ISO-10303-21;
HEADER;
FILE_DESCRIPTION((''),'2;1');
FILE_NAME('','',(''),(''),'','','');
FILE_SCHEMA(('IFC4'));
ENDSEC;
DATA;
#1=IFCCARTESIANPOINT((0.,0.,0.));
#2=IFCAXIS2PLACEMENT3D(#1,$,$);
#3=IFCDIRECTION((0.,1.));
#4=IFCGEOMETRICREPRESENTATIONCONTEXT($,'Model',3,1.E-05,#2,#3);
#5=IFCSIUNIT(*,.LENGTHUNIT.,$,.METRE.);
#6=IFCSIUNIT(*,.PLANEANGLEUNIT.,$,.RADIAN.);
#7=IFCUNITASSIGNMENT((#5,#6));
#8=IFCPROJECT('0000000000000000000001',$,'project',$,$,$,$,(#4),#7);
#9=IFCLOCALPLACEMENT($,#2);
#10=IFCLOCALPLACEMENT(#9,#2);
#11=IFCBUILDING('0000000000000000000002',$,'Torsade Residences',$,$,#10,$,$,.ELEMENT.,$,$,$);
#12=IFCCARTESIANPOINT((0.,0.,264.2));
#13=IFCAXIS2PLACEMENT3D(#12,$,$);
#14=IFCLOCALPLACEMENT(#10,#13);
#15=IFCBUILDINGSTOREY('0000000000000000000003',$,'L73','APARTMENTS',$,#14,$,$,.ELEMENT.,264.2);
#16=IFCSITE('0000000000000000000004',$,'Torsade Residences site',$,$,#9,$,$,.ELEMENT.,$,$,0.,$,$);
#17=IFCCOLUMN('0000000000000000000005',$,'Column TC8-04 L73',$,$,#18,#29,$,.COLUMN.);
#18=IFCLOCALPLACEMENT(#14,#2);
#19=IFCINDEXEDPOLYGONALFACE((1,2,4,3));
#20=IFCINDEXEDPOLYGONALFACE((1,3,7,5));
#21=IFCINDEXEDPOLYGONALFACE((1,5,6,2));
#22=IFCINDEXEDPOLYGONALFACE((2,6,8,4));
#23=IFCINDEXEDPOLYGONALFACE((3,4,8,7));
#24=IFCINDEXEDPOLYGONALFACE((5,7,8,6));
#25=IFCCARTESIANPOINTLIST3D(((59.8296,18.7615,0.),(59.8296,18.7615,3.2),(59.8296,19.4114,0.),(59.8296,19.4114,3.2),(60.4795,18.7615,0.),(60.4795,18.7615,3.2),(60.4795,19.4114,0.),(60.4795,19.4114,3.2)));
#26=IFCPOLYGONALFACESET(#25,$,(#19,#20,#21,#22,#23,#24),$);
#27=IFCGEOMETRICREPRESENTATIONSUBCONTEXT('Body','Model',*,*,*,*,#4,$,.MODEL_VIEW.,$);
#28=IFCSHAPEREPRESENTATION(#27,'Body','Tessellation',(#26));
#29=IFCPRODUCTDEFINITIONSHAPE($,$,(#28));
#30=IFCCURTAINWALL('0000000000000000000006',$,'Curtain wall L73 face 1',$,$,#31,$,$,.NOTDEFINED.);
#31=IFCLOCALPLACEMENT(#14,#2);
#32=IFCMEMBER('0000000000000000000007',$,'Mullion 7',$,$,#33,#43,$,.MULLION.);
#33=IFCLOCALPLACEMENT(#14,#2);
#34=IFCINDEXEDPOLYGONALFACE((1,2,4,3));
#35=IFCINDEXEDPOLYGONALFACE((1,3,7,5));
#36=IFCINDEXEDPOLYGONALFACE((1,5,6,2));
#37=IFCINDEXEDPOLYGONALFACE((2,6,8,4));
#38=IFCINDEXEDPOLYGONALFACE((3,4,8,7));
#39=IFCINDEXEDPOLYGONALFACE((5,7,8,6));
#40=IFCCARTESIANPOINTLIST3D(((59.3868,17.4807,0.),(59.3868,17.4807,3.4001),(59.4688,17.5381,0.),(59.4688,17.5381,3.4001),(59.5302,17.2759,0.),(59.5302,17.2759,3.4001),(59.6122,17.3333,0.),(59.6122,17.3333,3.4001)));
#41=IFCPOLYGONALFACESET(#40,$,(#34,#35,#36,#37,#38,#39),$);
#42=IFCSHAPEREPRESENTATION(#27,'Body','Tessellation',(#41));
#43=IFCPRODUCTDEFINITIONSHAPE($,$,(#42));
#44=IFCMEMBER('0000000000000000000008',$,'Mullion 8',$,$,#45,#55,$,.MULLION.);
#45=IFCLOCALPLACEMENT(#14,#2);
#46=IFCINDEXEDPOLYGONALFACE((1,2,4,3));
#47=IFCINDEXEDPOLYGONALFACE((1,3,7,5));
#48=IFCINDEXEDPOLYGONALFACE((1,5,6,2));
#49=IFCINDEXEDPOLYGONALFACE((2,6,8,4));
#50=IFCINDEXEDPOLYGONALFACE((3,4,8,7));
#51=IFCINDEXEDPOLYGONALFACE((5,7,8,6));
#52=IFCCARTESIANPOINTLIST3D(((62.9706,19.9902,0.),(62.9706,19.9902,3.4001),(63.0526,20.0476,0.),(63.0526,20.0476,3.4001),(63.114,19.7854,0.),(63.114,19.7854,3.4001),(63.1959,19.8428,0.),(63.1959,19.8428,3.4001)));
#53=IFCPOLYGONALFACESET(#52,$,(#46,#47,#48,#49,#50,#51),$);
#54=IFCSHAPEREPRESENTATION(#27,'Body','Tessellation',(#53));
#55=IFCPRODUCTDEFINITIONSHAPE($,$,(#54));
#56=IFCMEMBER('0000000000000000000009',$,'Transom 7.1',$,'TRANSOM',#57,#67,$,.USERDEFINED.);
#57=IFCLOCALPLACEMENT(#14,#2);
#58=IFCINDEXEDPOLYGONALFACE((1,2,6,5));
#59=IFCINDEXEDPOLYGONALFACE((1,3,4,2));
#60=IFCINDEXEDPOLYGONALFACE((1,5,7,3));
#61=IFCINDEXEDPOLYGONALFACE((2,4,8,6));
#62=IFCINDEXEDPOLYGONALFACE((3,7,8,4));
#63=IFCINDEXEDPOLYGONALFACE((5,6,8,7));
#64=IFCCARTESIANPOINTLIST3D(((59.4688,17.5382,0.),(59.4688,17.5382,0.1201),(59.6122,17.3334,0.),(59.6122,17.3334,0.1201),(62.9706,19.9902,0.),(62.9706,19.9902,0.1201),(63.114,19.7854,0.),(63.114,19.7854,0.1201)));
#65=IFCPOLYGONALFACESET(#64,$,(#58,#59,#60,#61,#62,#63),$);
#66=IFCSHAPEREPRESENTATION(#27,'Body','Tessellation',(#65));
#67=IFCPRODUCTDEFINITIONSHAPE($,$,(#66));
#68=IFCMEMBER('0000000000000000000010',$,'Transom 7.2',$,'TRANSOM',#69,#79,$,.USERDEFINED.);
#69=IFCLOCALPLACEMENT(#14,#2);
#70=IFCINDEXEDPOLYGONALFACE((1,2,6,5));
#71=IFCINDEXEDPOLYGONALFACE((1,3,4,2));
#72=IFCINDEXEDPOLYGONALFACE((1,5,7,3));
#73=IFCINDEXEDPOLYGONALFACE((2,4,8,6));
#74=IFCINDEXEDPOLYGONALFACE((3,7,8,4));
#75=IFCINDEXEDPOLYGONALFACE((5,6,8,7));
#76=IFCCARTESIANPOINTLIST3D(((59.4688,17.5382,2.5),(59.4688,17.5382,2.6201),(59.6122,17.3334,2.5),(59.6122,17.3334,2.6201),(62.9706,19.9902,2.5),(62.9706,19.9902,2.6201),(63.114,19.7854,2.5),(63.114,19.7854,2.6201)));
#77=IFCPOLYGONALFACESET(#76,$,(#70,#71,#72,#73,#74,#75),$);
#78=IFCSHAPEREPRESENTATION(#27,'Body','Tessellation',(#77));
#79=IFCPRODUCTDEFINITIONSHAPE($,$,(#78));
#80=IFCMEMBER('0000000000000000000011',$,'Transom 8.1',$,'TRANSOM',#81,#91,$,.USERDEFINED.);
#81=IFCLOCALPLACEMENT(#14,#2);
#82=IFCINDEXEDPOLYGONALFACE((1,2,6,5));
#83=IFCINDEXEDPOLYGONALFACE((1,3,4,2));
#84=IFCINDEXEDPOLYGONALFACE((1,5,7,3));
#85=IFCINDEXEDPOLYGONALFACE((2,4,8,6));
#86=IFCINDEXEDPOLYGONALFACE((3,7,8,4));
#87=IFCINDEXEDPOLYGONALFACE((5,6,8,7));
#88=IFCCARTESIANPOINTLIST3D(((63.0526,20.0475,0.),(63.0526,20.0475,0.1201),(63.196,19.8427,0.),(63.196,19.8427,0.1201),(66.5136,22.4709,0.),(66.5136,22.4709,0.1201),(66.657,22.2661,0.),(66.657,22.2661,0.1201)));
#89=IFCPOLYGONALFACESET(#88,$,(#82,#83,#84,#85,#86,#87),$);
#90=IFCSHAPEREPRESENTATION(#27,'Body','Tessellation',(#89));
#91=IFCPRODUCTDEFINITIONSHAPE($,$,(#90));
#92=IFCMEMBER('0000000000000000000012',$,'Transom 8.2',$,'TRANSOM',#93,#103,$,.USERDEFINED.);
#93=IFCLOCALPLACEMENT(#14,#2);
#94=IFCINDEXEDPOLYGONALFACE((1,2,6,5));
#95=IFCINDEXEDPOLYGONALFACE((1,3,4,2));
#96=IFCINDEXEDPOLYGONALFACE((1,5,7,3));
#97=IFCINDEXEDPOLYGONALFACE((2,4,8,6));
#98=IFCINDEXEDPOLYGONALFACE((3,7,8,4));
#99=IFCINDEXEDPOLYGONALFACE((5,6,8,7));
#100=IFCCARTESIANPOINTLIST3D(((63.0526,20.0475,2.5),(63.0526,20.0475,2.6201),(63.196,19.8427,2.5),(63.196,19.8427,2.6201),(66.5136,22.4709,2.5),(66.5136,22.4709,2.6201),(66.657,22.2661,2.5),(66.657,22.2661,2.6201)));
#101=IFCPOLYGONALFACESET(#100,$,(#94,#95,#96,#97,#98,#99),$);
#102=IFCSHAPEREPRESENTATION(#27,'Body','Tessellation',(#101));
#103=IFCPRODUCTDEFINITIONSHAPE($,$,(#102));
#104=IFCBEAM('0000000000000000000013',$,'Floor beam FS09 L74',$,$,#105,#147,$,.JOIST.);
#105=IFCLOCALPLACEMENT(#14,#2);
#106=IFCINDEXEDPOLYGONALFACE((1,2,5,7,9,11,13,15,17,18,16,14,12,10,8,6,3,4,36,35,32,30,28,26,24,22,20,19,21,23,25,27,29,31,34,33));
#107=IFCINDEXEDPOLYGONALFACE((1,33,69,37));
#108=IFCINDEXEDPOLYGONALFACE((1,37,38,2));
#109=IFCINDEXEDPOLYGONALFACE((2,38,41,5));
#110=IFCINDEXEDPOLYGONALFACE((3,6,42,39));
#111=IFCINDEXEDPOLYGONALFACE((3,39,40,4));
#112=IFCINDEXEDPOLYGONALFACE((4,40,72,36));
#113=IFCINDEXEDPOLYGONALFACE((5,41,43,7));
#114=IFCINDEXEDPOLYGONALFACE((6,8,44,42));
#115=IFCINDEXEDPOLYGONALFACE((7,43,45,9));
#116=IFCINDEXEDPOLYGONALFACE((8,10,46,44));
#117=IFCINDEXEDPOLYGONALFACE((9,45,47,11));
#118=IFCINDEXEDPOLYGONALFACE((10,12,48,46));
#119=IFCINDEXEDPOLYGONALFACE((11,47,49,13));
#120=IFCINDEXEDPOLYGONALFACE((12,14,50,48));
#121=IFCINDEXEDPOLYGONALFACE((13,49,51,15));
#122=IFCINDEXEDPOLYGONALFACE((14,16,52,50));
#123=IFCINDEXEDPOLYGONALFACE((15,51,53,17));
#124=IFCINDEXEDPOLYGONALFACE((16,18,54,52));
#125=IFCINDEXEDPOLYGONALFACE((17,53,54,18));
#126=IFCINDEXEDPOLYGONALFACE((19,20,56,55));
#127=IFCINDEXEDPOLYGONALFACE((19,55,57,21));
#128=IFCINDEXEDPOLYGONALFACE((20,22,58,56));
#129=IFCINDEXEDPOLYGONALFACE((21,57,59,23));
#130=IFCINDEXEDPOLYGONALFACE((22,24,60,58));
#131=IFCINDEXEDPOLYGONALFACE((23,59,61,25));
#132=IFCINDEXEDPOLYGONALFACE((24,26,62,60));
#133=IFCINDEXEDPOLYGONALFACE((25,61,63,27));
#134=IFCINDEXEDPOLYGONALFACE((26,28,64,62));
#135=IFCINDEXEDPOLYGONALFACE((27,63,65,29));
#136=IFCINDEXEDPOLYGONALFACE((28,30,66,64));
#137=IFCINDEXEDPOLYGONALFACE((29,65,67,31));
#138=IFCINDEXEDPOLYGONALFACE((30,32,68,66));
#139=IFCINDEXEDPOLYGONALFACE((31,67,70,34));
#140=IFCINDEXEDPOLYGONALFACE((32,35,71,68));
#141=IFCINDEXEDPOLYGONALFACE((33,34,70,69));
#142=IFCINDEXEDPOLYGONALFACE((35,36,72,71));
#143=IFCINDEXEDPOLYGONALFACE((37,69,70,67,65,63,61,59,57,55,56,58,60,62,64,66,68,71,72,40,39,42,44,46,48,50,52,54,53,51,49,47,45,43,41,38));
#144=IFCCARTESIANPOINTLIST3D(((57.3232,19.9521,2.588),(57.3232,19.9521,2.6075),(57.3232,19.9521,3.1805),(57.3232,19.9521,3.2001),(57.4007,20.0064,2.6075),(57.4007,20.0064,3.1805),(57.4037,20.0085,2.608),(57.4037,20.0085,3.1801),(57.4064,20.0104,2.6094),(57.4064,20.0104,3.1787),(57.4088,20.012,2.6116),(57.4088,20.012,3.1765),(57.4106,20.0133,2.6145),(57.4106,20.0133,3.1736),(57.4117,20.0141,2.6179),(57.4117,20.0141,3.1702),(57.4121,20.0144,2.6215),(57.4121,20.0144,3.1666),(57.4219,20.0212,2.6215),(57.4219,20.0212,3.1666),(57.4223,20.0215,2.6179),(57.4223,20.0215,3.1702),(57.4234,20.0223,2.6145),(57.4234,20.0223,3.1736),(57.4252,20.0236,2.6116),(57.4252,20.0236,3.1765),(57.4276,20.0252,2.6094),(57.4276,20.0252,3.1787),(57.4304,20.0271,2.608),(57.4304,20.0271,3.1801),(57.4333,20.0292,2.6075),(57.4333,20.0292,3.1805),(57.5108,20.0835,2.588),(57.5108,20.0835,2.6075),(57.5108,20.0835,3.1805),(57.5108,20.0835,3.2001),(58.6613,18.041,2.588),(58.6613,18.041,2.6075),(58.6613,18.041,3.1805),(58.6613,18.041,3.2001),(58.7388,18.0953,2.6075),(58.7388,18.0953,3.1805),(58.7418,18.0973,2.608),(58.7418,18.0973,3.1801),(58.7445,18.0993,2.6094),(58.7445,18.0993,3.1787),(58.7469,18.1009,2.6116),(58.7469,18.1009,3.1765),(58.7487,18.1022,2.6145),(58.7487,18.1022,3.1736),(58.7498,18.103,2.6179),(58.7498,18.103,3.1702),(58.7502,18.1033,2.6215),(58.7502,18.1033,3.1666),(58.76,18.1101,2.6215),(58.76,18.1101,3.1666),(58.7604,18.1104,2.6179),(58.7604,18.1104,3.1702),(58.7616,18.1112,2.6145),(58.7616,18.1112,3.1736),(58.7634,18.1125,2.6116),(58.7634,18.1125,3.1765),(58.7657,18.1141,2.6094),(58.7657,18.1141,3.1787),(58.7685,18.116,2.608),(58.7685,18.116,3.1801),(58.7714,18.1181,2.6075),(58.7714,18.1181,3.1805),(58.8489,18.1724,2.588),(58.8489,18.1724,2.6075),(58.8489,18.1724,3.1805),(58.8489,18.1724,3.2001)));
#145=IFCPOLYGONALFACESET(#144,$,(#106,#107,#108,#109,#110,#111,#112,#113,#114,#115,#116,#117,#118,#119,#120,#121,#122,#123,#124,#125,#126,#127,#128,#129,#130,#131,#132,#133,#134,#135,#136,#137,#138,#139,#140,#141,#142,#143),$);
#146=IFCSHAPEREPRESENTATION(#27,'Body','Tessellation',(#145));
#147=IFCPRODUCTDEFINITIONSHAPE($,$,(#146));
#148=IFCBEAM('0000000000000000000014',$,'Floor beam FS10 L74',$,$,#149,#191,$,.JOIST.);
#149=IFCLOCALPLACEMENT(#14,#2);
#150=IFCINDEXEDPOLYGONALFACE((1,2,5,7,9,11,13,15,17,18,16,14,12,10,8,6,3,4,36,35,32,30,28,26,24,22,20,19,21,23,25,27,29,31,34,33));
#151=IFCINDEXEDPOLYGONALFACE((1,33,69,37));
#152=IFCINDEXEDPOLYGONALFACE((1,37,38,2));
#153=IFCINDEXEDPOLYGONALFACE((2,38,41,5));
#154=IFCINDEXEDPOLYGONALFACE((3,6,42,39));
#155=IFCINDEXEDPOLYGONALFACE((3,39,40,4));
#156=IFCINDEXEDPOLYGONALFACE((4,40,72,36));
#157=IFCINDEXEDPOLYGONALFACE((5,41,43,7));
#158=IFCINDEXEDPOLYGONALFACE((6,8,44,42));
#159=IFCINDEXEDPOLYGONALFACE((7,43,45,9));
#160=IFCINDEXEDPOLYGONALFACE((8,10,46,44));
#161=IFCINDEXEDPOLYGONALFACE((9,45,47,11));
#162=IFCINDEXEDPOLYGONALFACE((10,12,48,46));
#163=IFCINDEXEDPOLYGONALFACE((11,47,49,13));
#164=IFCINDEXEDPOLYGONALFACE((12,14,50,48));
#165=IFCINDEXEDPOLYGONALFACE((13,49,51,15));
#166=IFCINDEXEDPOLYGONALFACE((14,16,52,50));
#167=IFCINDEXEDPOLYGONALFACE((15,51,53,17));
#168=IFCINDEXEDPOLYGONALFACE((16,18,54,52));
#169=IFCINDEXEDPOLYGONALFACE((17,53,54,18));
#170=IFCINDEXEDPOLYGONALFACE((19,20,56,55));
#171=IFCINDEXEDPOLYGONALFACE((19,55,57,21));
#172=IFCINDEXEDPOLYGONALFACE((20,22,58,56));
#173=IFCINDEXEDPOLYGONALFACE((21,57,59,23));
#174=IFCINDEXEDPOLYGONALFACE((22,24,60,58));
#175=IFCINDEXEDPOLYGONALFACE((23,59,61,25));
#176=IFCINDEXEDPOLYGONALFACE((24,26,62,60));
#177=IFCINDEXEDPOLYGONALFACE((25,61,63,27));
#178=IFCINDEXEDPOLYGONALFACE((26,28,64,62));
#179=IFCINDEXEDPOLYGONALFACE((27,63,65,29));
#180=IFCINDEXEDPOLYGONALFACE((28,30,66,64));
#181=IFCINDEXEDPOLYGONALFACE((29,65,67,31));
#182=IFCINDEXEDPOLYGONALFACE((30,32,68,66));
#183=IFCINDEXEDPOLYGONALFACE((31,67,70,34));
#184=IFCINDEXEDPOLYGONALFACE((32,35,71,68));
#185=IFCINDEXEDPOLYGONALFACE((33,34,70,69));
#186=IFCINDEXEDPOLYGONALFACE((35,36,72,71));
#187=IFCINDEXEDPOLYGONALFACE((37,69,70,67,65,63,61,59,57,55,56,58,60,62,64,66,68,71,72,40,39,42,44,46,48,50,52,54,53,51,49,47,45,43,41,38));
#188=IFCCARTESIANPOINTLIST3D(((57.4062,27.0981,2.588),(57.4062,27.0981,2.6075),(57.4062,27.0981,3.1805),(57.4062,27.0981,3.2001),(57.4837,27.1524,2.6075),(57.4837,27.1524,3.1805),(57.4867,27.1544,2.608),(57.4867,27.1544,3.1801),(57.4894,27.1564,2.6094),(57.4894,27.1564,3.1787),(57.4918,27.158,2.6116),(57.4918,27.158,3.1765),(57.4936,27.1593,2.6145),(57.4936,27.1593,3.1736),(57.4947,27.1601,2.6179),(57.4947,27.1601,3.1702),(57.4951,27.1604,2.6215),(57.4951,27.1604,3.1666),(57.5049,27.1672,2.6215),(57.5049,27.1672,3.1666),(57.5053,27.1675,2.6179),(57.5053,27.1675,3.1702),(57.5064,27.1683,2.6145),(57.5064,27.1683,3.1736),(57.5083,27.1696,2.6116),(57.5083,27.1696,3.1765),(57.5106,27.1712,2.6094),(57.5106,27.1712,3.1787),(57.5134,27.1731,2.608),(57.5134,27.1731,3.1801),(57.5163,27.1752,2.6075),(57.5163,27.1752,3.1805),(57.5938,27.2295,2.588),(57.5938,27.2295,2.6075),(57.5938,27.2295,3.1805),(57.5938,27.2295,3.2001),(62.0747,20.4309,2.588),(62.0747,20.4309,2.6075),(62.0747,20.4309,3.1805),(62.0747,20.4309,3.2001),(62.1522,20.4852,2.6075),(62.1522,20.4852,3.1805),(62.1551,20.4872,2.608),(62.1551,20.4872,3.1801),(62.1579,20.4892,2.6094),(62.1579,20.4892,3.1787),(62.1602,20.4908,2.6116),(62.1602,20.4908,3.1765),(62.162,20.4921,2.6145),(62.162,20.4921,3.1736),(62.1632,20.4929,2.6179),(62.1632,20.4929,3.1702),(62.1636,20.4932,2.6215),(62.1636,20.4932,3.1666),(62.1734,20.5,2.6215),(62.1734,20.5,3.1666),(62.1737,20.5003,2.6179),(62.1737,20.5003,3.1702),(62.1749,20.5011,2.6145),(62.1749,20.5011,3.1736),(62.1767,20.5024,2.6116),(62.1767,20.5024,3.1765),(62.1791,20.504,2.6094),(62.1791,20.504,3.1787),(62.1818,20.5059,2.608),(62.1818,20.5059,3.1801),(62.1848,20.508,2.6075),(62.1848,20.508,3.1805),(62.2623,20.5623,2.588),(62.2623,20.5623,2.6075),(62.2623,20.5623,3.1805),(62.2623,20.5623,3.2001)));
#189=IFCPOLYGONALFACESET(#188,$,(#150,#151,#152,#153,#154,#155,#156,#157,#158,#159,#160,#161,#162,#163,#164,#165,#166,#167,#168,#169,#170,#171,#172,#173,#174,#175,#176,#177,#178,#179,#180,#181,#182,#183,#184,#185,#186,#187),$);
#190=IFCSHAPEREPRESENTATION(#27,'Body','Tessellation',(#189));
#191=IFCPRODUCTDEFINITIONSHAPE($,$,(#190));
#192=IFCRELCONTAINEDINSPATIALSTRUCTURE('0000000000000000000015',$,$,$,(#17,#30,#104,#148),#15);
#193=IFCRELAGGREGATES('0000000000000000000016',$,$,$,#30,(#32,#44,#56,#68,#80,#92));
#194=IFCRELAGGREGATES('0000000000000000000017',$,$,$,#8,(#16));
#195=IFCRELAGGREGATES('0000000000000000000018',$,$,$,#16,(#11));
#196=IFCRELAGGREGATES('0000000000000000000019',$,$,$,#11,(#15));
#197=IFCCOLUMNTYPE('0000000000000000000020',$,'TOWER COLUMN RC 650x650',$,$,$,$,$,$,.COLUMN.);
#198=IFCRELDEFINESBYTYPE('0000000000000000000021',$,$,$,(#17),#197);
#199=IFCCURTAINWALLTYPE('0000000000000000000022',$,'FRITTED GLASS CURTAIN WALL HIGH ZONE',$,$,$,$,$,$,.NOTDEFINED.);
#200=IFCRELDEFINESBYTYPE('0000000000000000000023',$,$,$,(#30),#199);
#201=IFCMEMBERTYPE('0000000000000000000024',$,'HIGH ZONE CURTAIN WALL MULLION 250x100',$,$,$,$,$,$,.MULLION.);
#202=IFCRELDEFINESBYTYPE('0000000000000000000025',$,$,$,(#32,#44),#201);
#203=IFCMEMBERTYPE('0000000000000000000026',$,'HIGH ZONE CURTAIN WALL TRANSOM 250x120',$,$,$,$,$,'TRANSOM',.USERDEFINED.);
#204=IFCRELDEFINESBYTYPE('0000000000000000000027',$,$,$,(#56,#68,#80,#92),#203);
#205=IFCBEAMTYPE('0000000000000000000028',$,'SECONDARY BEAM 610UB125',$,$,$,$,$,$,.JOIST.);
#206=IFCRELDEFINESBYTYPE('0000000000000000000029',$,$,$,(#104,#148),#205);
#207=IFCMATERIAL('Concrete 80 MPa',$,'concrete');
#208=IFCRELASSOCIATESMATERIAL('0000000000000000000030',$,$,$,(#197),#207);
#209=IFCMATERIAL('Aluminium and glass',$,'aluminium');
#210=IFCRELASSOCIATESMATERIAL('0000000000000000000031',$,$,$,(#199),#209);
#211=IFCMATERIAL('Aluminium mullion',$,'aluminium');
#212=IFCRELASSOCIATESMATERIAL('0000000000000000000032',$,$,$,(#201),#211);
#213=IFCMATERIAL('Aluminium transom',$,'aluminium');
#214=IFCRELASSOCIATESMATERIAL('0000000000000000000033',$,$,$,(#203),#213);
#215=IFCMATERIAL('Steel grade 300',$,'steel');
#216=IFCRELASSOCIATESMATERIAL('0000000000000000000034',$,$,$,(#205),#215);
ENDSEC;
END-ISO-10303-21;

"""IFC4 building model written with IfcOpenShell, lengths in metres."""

from ifc_helpers import new_model, si_unit, direction, frame, origin, origin_2d, place, context, subcontext, project, spatial, rectangle, i_section, extrude, material, material_profile, profile_set, type_object, element, aggregate, save


model = new_model("IFC4")

# Units and contexts
model_context = context("Model", 3, precision=1e-05, world=origin(), true_north=direction((0.0, 1.0)))
body_context = subcontext(model_context, "Body", "Model", "MODEL_VIEW")
ifc_project = project(units=[si_unit("LENGTHUNIT", "METRE"), si_unit("PLANEANGLEUNIT", "RADIAN")], contexts=[model_context])

# Site, building, storey
site_placement = place(None, origin())
site = spatial("IfcSite", under=ifc_project, at=site_placement, Name="Torsade Residences site", CompositionType="ELEMENT", RefElevation=0.0)
building_placement = place(site_placement, origin())
building = spatial("IfcBuilding", under=site, at=building_placement, Name="Torsade Residences", CompositionType="ELEMENT")
storey_placement = place(building_placement, frame((0.0, 0.0, 264.2)))
storey = spatial("IfcBuildingStorey", under=building, at=storey_placement, Name="L73", Description="APARTMENTS", CompositionType="ELEMENT", Elevation=264.2)

# Column
ifc_material_1 = material(Name="Concrete 80 MPa", Category="concrete")
ifc_material_profile_1 = material_profile(ifc_material_1, rectangle(XDim=0.6499, YDim=0.6499, at=origin_2d()), Name="RC 650x650")
ifc_profile_set_1 = profile_set([ifc_material_profile_1], Name="Concrete 80 MPa")
column_type = type_object("IfcColumnType", Name="TOWER COLUMN RC 650x650", PredefinedType="COLUMN", material=ifc_profile_set_1)
column_placement = place(storey_placement, frame((60.1545, 19.0864, 0.0), z_axis=(0.0, 0.0, 1.0), x_axis=(1.0, 0.0, 0.0)))
element("IfcColumn", 1, at=column_placement, inside=storey, type_object=column_type, Name="Column TC8-04 L73", PredefinedType="COLUMN", context=body_context, shape_type="SweptSolid", body=[
    extrude(rectangle(XDim=0.6499, YDim=0.6499, at=origin_2d()), origin(), (0.0, 0.0, 1.0), 3.2),
])

# Curtain wall, members
ifc_material_2 = material(Name="Aluminium and glass", Category="aluminium")
curtain_wall_type = type_object("IfcCurtainWallType", Name="FRITTED GLASS CURTAIN WALL HIGH ZONE", PredefinedType="NOTDEFINED", material=ifc_material_2)
curtain_wall_placement = place(storey_placement, origin())
curtain_wall = element("IfcCurtainWall", 2, at=curtain_wall_placement, inside=storey, type_object=curtain_wall_type, Name="Curtain wall L73 face 1", PredefinedType="NOTDEFINED")
ifc_material_3 = material(Name="Aluminium mullion", Category="aluminium")
ifc_material_profile_2 = material_profile(ifc_material_3, rectangle(XDim=0.25, YDim=0.1001, at=origin_2d()), Name="HIGH ZONE CURTAIN WALL MULLION 250x100")
ifc_profile_set_2 = profile_set([ifc_material_profile_2], Name="Aluminium mullion")
member_type_1 = type_object("IfcMemberType", Name="HIGH ZONE CURTAIN WALL MULLION 250x100", PredefinedType="MULLION", material=ifc_profile_set_2)
member_1_placement = place(storey_placement, frame((59.4995, 17.407, 0.0), z_axis=(0.0, 0.0, 1.0), x_axis=(-0.573576, 0.819152, 0.0)))
member_1 = element("IfcMember", 3, at=member_1_placement, type_object=member_type_1, Name="Mullion 7", PredefinedType="MULLION", context=body_context, shape_type="SweptSolid", body=[
    extrude(rectangle(XDim=0.25, YDim=0.1001, at=origin_2d()), origin(), (0.0, 0.0, 1.0), 3.4001),
])
member_2_placement = place(storey_placement, frame((63.0833, 19.9165, 0.0), z_axis=(0.0, 0.0, 1.0), x_axis=(-0.573576, 0.819152, 0.0)))
member_2 = element("IfcMember", 4, at=member_2_placement, type_object=member_type_1, Name="Mullion 8", PredefinedType="MULLION", context=body_context, shape_type="SweptSolid", body=[
    extrude(rectangle(XDim=0.25, YDim=0.1001, at=origin_2d()), origin(), (0.0, 0.0, 1.0), 3.4001),
])
ifc_material_4 = material(Name="Aluminium transom", Category="aluminium")
ifc_material_profile_3 = material_profile(ifc_material_4, rectangle(XDim=0.25, YDim=0.1201, at=origin_2d()), Name="HIGH ZONE CURTAIN WALL TRANSOM 250x120")
ifc_profile_set_3 = profile_set([ifc_material_profile_3], Name="Aluminium transom")
member_type_2 = type_object("IfcMemberType", Name="HIGH ZONE CURTAIN WALL TRANSOM 250x120", ElementType="TRANSOM", PredefinedType="USERDEFINED", material=ifc_profile_set_3)
member_3_placement = place(storey_placement, frame((59.5405, 17.4358, 0.0601), z_axis=(0.819154, 0.573573, 0.0), x_axis=(-0.573573, 0.819154, 0.0)))
member_3 = element("IfcMember", 5, at=member_3_placement, type_object=member_type_2, Name="Transom 7.1", ObjectType="TRANSOM", PredefinedType="USERDEFINED", context=body_context, shape_type="SweptSolid", body=[
    extrude(rectangle(XDim=0.25, YDim=0.1201, at=origin_2d()), origin(), (0.0, 0.0, 1.0), 4.2749),
])
member_4_placement = place(storey_placement, frame((59.5405, 17.4358, 2.5601), z_axis=(0.819154, 0.573573, 0.0), x_axis=(-0.573573, 0.819154, 0.0)))
member_4 = element("IfcMember", 6, at=member_4_placement, type_object=member_type_2, Name="Transom 7.2", ObjectType="TRANSOM", PredefinedType="USERDEFINED", context=body_context, shape_type="SweptSolid", body=[
    extrude(rectangle(XDim=0.25, YDim=0.1201, at=origin_2d()), origin(), (0.0, 0.0, 1.0), 4.2749),
])
member_5_placement = place(storey_placement, frame((63.1243, 19.9451, 0.0601), z_axis=(0.819156, 0.573571, 0.0), x_axis=(-0.573571, 0.819156, 0.0)))
member_5 = element("IfcMember", 7, at=member_5_placement, type_object=member_type_2, Name="Transom 8.1", ObjectType="TRANSOM", PredefinedType="USERDEFINED", context=body_context, shape_type="SweptSolid", body=[
    extrude(rectangle(XDim=0.25, YDim=0.1201, at=origin_2d()), origin(), (0.0, 0.0, 1.0), 4.2251),
])
member_6_placement = place(storey_placement, frame((63.1243, 19.9451, 2.5601), z_axis=(0.819156, 0.573571, 0.0), x_axis=(-0.573571, 0.819156, 0.0)))
member_6 = element("IfcMember", 8, at=member_6_placement, type_object=member_type_2, Name="Transom 8.2", ObjectType="TRANSOM", PredefinedType="USERDEFINED", context=body_context, shape_type="SweptSolid", body=[
    extrude(rectangle(XDim=0.25, YDim=0.1201, at=origin_2d()), origin(), (0.0, 0.0, 1.0), 4.2251),
])

# Beams
ifc_material_5 = material(Name="Steel grade 300", Category="steel")
ifc_material_profile_4 = material_profile(ifc_material_5, i_section(OverallWidth=0.229, OverallDepth=0.6121, WebThickness=0.012, FlangeThickness=0.0195, FilletRadius=0.0139, at=origin_2d()), Name="610UB125")
ifc_profile_set_4 = profile_set([ifc_material_profile_4], Name="Steel grade 300")
beam_type_1 = type_object("IfcBeamType", Name="SECONDARY BEAM 610UB125", PredefinedType="JOIST", material=ifc_profile_set_4)
beam_1_placement = place(storey_placement, frame((58.7551, 18.1067, 2.894), z_axis=(-0.573561, 0.819163, 0.0), x_axis=(-0.819163, -0.573561, 0.0)))
element("IfcBeam", 9, at=beam_1_placement, inside=storey, type_object=beam_type_1, Name="Floor beam FS09 L74", PredefinedType="JOIST", context=body_context, shape_type="SweptSolid", body=[
    extrude(i_section(OverallWidth=0.229, OverallDepth=0.6121, WebThickness=0.012, FlangeThickness=0.0195, FilletRadius=0.0139, at=origin_2d()), origin(), (0.0, 0.0, 1.0), 2.333),
])
beam_2_placement = place(storey_placement, frame((62.1685, 20.4966, 2.894), z_axis=(-0.573577, 0.819152, 0.0), x_axis=(-0.819152, -0.573577, 0.0)))
element("IfcBeam", 10, at=beam_2_placement, inside=storey, type_object=beam_type_1, Name="Floor beam FS10 L74", PredefinedType="JOIST", context=body_context, shape_type="SweptSolid", body=[
    extrude(i_section(OverallWidth=0.229, OverallDepth=0.6121, WebThickness=0.012, FlangeThickness=0.0195, FilletRadius=0.0139, at=origin_2d()), origin(), (0.0, 0.0, 1.0), 8.1392),
])

aggregate(curtain_wall, [member_1, member_2, member_3, member_4, member_5, member_6])

save(model, "model.ifc")
